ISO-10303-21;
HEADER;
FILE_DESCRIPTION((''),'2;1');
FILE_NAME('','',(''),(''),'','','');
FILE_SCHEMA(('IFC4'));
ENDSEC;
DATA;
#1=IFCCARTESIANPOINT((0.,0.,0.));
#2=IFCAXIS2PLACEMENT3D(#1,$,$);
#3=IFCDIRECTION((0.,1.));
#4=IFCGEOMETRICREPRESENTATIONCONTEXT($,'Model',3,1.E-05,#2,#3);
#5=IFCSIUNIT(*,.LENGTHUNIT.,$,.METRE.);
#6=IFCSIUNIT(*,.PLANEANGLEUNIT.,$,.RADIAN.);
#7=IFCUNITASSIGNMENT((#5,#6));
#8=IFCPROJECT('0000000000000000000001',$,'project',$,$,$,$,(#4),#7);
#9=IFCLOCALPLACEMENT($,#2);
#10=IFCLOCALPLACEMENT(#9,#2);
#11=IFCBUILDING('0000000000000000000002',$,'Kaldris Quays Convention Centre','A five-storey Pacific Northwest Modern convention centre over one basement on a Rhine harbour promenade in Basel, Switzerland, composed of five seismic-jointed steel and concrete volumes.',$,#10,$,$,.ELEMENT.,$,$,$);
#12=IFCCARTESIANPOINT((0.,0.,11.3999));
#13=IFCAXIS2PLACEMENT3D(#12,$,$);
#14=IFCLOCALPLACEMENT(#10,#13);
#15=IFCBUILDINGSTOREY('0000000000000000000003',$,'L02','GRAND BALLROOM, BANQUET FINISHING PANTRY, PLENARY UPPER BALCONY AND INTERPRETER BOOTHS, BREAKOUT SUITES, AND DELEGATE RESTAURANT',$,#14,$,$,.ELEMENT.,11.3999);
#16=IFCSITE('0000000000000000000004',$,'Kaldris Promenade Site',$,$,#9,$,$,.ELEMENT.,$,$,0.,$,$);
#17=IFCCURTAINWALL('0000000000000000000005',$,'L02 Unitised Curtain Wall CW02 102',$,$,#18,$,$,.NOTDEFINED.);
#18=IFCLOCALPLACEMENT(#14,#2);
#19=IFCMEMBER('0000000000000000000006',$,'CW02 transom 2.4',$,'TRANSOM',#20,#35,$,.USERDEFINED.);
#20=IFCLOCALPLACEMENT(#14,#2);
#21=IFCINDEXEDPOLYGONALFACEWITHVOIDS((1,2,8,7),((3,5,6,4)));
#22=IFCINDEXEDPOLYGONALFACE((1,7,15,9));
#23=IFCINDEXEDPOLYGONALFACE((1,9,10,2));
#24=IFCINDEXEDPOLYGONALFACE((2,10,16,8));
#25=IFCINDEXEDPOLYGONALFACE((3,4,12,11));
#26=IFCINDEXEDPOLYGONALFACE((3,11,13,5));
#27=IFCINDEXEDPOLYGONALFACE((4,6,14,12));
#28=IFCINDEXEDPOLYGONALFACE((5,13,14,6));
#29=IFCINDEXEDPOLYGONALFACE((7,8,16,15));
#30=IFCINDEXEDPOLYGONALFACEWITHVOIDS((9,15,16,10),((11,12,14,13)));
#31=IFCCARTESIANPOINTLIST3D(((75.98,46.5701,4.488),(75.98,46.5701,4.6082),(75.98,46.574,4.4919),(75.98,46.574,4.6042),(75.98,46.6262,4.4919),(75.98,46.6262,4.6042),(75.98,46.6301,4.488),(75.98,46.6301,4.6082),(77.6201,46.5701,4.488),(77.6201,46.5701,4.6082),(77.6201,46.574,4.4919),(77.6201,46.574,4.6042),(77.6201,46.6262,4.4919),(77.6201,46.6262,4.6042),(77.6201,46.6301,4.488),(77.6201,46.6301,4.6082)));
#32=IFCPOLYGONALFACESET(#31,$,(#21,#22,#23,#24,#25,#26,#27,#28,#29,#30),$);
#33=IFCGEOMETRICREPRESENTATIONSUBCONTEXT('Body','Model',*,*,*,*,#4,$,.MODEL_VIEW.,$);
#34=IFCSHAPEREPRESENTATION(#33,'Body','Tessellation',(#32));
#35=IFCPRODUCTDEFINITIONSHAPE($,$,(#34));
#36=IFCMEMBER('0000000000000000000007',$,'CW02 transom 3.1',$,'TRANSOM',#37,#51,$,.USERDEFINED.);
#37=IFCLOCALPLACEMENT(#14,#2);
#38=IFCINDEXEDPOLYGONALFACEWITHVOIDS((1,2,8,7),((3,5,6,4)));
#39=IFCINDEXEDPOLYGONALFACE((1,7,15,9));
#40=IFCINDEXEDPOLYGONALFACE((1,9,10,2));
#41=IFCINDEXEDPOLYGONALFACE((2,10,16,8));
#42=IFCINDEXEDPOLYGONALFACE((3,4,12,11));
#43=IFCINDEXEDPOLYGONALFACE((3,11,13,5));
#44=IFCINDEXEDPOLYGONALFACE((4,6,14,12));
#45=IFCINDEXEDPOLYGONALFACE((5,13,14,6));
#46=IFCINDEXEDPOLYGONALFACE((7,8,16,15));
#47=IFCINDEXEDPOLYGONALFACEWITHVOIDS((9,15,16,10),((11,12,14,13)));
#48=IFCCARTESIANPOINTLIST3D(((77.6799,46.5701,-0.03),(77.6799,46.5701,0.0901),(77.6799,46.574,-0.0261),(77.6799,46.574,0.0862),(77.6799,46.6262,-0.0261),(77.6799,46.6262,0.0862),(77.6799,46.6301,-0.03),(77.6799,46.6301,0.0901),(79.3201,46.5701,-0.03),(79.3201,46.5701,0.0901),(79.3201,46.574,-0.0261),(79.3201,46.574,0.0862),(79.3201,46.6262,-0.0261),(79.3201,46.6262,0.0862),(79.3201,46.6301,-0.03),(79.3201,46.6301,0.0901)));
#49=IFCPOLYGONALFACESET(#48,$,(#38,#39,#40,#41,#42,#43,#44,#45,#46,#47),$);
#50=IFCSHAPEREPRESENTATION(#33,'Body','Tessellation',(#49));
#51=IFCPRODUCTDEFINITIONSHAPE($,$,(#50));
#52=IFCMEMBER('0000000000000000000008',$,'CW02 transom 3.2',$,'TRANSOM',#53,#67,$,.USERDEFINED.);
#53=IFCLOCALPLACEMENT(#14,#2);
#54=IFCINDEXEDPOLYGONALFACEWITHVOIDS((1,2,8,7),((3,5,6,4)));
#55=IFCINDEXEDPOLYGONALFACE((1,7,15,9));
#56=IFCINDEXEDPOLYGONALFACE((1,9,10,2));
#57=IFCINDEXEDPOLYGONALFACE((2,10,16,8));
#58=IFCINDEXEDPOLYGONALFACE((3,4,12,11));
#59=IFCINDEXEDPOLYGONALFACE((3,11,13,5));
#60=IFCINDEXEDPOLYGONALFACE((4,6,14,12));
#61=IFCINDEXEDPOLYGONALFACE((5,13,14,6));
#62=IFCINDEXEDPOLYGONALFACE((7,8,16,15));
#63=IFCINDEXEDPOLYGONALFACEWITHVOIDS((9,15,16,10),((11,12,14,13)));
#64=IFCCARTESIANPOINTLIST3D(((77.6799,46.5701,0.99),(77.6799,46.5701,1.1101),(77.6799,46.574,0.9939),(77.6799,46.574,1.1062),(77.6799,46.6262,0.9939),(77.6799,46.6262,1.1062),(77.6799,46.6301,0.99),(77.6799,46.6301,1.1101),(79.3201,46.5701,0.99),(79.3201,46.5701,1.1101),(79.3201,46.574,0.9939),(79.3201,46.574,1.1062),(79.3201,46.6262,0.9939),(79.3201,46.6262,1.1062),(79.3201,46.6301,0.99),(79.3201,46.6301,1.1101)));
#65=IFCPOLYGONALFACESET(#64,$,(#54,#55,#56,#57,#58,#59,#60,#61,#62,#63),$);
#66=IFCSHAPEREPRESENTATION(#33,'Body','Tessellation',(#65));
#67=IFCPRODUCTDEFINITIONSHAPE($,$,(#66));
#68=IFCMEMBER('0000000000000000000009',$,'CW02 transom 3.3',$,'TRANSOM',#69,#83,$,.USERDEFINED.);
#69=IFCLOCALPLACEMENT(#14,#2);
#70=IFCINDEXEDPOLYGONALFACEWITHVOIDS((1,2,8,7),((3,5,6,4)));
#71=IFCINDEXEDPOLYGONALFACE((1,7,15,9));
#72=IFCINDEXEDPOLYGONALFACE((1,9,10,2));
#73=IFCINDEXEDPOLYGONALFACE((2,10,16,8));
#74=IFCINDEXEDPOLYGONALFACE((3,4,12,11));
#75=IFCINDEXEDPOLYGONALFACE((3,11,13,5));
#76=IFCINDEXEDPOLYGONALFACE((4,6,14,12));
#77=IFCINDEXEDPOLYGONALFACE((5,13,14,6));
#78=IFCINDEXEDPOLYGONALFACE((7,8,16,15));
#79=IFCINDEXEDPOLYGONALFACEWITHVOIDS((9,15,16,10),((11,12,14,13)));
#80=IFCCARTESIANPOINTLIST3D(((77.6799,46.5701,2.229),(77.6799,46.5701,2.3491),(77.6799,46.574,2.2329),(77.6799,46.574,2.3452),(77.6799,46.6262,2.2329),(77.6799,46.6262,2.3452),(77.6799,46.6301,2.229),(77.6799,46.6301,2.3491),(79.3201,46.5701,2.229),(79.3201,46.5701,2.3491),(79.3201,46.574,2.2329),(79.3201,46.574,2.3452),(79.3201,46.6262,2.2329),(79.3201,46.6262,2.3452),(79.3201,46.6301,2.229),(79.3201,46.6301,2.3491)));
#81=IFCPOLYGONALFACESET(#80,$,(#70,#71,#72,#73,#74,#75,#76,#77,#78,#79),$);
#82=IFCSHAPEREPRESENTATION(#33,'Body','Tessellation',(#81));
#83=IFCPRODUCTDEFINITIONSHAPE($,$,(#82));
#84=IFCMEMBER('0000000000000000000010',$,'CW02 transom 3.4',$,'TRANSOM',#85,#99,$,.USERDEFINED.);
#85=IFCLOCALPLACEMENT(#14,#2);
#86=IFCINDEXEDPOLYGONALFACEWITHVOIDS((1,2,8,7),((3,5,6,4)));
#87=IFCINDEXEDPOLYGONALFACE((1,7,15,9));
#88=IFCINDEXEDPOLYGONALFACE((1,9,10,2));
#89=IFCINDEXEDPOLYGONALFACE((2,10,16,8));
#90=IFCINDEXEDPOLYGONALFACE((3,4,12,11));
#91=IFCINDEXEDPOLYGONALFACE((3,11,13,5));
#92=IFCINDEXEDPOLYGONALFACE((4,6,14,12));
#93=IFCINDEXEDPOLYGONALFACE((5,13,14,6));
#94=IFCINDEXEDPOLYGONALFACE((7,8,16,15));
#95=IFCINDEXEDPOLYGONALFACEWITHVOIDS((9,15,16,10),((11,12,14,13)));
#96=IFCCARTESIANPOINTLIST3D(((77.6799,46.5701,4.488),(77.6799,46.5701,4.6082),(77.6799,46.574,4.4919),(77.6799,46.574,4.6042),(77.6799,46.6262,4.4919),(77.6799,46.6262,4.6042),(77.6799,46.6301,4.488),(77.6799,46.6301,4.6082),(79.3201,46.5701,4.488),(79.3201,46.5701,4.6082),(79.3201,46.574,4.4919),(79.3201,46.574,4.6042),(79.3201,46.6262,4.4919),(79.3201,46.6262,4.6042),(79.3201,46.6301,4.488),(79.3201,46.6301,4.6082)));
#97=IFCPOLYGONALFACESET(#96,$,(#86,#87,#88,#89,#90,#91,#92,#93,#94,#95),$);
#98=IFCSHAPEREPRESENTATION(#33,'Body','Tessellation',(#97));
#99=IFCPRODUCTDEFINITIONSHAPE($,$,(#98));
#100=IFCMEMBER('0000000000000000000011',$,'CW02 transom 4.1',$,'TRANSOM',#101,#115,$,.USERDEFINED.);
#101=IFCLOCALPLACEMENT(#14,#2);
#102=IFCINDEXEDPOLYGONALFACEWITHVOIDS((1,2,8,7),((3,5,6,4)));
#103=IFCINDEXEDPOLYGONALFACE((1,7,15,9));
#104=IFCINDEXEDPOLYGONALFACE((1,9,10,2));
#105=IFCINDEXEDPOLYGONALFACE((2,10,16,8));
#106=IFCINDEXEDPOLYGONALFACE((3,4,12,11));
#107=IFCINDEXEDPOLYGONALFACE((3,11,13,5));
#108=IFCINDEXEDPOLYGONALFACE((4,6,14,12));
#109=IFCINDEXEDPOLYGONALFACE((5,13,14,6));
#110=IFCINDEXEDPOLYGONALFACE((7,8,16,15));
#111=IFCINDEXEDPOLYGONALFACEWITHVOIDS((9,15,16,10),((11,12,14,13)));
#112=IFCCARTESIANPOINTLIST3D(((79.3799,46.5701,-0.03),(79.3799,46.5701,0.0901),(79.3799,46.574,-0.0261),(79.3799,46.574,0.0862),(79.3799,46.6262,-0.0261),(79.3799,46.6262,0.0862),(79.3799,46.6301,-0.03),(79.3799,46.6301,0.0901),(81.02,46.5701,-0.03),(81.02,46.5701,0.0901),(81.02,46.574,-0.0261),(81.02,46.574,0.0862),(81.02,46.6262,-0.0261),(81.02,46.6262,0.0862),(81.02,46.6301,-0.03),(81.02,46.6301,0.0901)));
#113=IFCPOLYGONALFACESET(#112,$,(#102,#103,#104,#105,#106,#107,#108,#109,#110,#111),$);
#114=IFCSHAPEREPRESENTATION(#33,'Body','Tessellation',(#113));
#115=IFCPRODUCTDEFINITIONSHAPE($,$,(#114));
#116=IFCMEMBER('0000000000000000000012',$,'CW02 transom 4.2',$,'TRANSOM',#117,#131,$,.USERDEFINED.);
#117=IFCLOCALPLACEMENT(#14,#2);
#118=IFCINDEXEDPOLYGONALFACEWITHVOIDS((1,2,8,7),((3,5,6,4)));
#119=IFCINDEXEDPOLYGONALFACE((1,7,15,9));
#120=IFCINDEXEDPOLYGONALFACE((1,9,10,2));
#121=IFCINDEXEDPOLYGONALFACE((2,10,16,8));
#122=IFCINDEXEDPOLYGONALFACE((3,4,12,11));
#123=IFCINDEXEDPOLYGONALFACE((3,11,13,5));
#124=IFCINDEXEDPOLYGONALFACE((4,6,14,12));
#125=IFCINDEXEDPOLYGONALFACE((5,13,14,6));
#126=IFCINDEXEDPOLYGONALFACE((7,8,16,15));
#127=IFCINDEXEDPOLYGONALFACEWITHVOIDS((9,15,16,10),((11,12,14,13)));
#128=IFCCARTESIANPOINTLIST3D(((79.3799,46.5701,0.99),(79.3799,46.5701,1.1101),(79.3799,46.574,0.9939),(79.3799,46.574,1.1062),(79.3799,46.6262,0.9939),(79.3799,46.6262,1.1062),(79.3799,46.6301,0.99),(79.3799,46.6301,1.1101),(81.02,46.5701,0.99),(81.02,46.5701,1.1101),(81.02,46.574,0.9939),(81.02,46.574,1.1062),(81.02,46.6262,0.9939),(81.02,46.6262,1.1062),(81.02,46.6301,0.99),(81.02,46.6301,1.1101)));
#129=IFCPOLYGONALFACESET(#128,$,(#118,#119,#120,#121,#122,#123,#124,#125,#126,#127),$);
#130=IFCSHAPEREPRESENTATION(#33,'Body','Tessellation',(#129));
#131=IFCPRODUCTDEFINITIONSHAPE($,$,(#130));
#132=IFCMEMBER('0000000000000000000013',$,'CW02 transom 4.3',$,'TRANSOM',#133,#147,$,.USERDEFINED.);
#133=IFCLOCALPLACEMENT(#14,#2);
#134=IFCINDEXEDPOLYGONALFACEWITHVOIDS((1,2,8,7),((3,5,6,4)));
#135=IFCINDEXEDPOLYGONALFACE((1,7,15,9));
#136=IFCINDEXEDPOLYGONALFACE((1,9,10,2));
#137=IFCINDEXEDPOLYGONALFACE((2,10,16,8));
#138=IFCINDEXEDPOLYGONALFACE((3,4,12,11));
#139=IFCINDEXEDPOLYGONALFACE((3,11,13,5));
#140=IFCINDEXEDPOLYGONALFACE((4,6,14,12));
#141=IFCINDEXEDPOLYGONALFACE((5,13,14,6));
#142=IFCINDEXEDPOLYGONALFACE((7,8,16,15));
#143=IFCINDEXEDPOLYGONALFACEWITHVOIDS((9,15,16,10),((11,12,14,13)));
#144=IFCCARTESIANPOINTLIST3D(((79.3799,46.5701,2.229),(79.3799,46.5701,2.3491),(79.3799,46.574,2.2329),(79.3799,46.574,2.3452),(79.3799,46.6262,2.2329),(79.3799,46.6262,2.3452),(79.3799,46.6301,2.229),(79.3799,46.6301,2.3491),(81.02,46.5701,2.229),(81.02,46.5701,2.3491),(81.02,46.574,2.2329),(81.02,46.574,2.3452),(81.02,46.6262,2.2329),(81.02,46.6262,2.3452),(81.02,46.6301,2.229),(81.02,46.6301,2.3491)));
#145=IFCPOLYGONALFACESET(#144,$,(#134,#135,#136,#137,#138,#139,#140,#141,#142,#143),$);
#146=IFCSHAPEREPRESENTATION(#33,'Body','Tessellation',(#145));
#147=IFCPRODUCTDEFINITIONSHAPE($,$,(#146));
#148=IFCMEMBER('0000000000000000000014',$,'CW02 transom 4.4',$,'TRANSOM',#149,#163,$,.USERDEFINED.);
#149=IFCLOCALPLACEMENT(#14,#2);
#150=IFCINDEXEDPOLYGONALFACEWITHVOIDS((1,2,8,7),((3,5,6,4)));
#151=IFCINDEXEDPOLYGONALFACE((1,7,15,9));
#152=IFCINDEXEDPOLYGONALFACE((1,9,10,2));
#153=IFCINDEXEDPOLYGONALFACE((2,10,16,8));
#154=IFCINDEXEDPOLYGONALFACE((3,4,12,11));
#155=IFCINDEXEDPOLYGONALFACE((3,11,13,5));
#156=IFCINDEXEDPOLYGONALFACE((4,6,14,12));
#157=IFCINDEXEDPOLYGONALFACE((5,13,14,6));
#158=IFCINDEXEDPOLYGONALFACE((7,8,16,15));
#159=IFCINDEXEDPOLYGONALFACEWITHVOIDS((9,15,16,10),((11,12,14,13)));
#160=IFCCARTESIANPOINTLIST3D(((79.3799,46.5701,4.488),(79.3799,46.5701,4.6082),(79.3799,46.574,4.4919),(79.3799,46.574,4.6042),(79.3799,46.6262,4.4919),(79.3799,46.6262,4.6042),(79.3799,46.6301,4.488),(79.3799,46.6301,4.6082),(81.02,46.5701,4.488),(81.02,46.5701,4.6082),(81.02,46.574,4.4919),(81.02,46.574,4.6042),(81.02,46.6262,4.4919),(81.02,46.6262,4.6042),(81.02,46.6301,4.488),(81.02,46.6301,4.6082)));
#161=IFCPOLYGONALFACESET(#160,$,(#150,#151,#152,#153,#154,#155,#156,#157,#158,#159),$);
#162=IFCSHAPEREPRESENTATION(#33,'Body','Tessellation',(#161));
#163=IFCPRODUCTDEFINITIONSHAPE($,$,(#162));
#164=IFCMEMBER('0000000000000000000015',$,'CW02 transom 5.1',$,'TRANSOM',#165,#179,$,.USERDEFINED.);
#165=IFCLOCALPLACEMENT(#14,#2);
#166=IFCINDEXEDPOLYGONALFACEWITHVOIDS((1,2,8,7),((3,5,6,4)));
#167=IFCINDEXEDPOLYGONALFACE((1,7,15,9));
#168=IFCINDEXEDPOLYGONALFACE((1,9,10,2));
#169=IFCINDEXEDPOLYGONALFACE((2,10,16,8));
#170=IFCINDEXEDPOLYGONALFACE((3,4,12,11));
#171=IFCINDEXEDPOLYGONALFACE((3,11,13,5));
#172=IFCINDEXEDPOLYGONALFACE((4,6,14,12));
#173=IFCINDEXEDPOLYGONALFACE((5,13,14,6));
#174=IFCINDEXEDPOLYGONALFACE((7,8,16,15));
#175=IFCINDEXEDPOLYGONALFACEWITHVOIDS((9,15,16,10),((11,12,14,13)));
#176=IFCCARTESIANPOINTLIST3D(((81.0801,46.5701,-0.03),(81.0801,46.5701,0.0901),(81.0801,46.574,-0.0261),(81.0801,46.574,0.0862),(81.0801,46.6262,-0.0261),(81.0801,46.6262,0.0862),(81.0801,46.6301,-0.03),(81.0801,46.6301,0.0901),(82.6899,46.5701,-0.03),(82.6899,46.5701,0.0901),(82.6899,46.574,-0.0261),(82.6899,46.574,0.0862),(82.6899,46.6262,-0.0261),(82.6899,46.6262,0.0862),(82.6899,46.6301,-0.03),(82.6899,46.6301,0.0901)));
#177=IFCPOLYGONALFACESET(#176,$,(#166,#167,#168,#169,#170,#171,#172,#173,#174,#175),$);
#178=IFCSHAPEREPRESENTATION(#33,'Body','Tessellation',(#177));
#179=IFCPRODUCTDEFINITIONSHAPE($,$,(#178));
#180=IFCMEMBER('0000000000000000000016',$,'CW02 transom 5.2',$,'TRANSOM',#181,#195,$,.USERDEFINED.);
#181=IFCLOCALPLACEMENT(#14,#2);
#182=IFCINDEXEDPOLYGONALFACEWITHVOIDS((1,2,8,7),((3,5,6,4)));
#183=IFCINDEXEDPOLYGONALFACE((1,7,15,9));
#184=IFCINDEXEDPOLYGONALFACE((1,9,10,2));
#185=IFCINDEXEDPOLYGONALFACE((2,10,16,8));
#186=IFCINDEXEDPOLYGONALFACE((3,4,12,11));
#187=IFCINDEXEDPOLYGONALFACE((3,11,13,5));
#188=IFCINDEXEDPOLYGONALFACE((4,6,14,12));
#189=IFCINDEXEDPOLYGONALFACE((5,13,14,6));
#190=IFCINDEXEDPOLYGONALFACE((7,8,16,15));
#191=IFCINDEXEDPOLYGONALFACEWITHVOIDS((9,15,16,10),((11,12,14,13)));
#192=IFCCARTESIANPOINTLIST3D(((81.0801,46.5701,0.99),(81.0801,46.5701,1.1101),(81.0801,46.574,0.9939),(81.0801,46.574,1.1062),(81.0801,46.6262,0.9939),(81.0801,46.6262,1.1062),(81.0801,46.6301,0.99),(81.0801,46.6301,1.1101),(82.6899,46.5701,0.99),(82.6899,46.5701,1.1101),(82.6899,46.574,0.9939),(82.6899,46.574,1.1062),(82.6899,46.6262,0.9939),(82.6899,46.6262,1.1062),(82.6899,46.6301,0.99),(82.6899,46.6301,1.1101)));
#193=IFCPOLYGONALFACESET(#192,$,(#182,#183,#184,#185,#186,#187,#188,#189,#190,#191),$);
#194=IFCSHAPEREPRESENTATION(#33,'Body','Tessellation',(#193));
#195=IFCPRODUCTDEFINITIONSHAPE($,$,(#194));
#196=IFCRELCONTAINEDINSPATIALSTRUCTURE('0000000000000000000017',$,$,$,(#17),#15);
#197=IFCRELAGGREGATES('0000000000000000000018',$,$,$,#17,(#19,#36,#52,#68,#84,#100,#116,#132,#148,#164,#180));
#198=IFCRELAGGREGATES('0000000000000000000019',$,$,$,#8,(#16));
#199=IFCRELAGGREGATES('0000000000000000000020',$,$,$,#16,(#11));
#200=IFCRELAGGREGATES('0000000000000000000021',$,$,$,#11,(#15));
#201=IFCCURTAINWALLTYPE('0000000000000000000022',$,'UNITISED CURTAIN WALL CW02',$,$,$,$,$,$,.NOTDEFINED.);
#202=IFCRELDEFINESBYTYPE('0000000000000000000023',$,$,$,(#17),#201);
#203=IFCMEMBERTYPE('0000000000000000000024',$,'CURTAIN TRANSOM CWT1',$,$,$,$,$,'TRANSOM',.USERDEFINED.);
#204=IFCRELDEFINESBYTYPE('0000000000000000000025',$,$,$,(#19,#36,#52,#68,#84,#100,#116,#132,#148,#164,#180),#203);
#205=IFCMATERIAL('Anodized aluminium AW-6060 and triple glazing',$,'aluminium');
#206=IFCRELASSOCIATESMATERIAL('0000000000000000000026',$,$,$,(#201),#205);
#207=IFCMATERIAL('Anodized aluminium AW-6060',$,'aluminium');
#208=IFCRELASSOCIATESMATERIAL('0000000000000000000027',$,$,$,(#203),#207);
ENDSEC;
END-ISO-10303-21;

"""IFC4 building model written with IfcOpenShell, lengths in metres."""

from ifc_helpers import new_model, si_unit, direction, frame, origin, origin_2d, place, context, subcontext, project, spatial, hollow_rectangle, extrude, material, material_profile, profile_set, type_object, element, aggregate, save


model = new_model("IFC4")

# Units and contexts
model_context = context("Model", 3, precision=1e-05, world=origin(), true_north=direction((0.0, 1.0)))
body_context = subcontext(model_context, "Body", "Model", "MODEL_VIEW")
ifc_project = project(units=[si_unit("LENGTHUNIT", "METRE"), si_unit("PLANEANGLEUNIT", "RADIAN")], contexts=[model_context])

# Site, building, storey
site_placement = place(None, origin())
site = spatial("IfcSite", under=ifc_project, at=site_placement, Name="Kaldris Promenade Site", CompositionType="ELEMENT", RefElevation=0.0)
building_placement = place(site_placement, origin())
building = spatial("IfcBuilding", under=site, at=building_placement, Name="Kaldris Quays Convention Centre", Description="A five-storey Pacific Northwest Modern convention centre over one basement on a Rhine harbour promenade in Basel, Switzerland, composed of five seismic-jointed steel and concrete volumes.", CompositionType="ELEMENT")
storey_placement = place(building_placement, frame((0.0, 0.0, 11.3999)))
storey = spatial("IfcBuildingStorey", under=building, at=storey_placement, Name="L02", Description="GRAND BALLROOM, BANQUET FINISHING PANTRY, PLENARY UPPER BALCONY AND INTERPRETER BOOTHS, BREAKOUT SUITES, AND DELEGATE RESTAURANT", CompositionType="ELEMENT", Elevation=11.3999)

# Curtain wall, members
ifc_material_1 = material(Name="Anodized aluminium AW-6060 and triple glazing", Category="aluminium")
curtain_wall_type = type_object("IfcCurtainWallType", Name="UNITISED CURTAIN WALL CW02", PredefinedType="NOTDEFINED", material=ifc_material_1)
curtain_wall_placement = place(storey_placement, origin())
curtain_wall = element("IfcCurtainWall", 1, at=curtain_wall_placement, inside=storey, type_object=curtain_wall_type, Name="L02 Unitised Curtain Wall CW02 102", PredefinedType="NOTDEFINED")
ifc_material_2 = material(Name="Anodized aluminium AW-6060", Category="aluminium")
ifc_material_profile_1 = material_profile(ifc_material_2, hollow_rectangle(XDim=0.0601, YDim=0.1201, WallThickness=0.0039, at=origin_2d()), Name="RHS 120x60x4")
ifc_profile_set_1 = profile_set([ifc_material_profile_1], Name="Anodized aluminium AW-6060")
member_type_1 = type_object("IfcMemberType", Name="CURTAIN TRANSOM CWT1", ElementType="TRANSOM", PredefinedType="USERDEFINED", material=ifc_profile_set_1)
member_1_placement = place(storey_placement, frame((75.98, 46.6001, 4.5481), z_axis=(1.0, 0.0, 0.0), x_axis=(0.0, 1.0, 0.0)))
member_1 = element("IfcMember", 2, at=member_1_placement, type_object=member_type_1, Name="CW02 transom 2.4", ObjectType="TRANSOM", PredefinedType="USERDEFINED", context=body_context, shape_type="SweptSolid", body=[
    extrude(hollow_rectangle(XDim=0.0601, YDim=0.1201, WallThickness=0.0039, at=origin_2d()), origin(), (0.0, 0.0, 1.0), 1.6401),
])
member_2_placement = place(storey_placement, frame((77.6799, 46.6001, 0.03), z_axis=(1.0, 0.0, 0.0), x_axis=(0.0, 1.0, 0.0)))
member_2 = element("IfcMember", 3, at=member_2_placement, type_object=member_type_1, Name="CW02 transom 3.1", ObjectType="TRANSOM", PredefinedType="USERDEFINED", context=body_context, shape_type="SweptSolid", body=[
    extrude(hollow_rectangle(XDim=0.0601, YDim=0.1201, WallThickness=0.0039, at=origin_2d()), origin(), (0.0, 0.0, 1.0), 1.6401),
])
member_3_placement = place(storey_placement, frame((77.6799, 46.6001, 1.05), z_axis=(1.0, 0.0, 0.0), x_axis=(0.0, 1.0, 0.0)))
member_3 = element("IfcMember", 4, at=member_3_placement, type_object=member_type_1, Name="CW02 transom 3.2", ObjectType="TRANSOM", PredefinedType="USERDEFINED", context=body_context, shape_type="SweptSolid", body=[
    extrude(hollow_rectangle(XDim=0.0601, YDim=0.1201, WallThickness=0.0039, at=origin_2d()), origin(), (0.0, 0.0, 1.0), 1.6401),
])
member_4_placement = place(storey_placement, frame((77.6799, 46.6001, 2.2891), z_axis=(1.0, 0.0, 0.0), x_axis=(0.0, 1.0, 0.0)))
member_4 = element("IfcMember", 5, at=member_4_placement, type_object=member_type_1, Name="CW02 transom 3.3", ObjectType="TRANSOM", PredefinedType="USERDEFINED", context=body_context, shape_type="SweptSolid", body=[
    extrude(hollow_rectangle(XDim=0.0601, YDim=0.1201, WallThickness=0.0039, at=origin_2d()), origin(), (0.0, 0.0, 1.0), 1.6401),
])
member_5_placement = place(storey_placement, frame((77.6799, 46.6001, 4.5481), z_axis=(1.0, 0.0, 0.0), x_axis=(0.0, 1.0, 0.0)))
member_5 = element("IfcMember", 6, at=member_5_placement, type_object=member_type_1, Name="CW02 transom 3.4", ObjectType="TRANSOM", PredefinedType="USERDEFINED", context=body_context, shape_type="SweptSolid", body=[
    extrude(hollow_rectangle(XDim=0.0601, YDim=0.1201, WallThickness=0.0039, at=origin_2d()), origin(), (0.0, 0.0, 1.0), 1.6401),
])
member_6_placement = place(storey_placement, frame((79.3799, 46.6001, 0.03), z_axis=(1.0, 0.0, 0.0), x_axis=(0.0, 1.0, 0.0)))
member_6 = element("IfcMember", 7, at=member_6_placement, type_object=member_type_1, Name="CW02 transom 4.1", ObjectType="TRANSOM", PredefinedType="USERDEFINED", context=body_context, shape_type="SweptSolid", body=[
    extrude(hollow_rectangle(XDim=0.0601, YDim=0.1201, WallThickness=0.0039, at=origin_2d()), origin(), (0.0, 0.0, 1.0), 1.6401),
])
member_7_placement = place(storey_placement, frame((79.3799, 46.6001, 1.05), z_axis=(1.0, 0.0, 0.0), x_axis=(0.0, 1.0, 0.0)))
member_7 = element("IfcMember", 8, at=member_7_placement, type_object=member_type_1, Name="CW02 transom 4.2", ObjectType="TRANSOM", PredefinedType="USERDEFINED", context=body_context, shape_type="SweptSolid", body=[
    extrude(hollow_rectangle(XDim=0.0601, YDim=0.1201, WallThickness=0.0039, at=origin_2d()), origin(), (0.0, 0.0, 1.0), 1.6401),
])
member_8_placement = place(storey_placement, frame((79.3799, 46.6001, 2.2891), z_axis=(1.0, 0.0, 0.0), x_axis=(0.0, 1.0, 0.0)))
member_8 = element("IfcMember", 9, at=member_8_placement, type_object=member_type_1, Name="CW02 transom 4.3", ObjectType="TRANSOM", PredefinedType="USERDEFINED", context=body_context, shape_type="SweptSolid", body=[
    extrude(hollow_rectangle(XDim=0.0601, YDim=0.1201, WallThickness=0.0039, at=origin_2d()), origin(), (0.0, 0.0, 1.0), 1.6401),
])
member_9_placement = place(storey_placement, frame((79.3799, 46.6001, 4.5481), z_axis=(1.0, 0.0, 0.0), x_axis=(0.0, 1.0, 0.0)))
member_9 = element("IfcMember", 10, at=member_9_placement, type_object=member_type_1, Name="CW02 transom 4.4", ObjectType="TRANSOM", PredefinedType="USERDEFINED", context=body_context, shape_type="SweptSolid", body=[
    extrude(hollow_rectangle(XDim=0.0601, YDim=0.1201, WallThickness=0.0039, at=origin_2d()), origin(), (0.0, 0.0, 1.0), 1.6401),
])
member_10_placement = place(storey_placement, frame((81.0801, 46.6001, 0.03), z_axis=(1.0, 0.0, 0.0), x_axis=(0.0, 1.0, 0.0)))
member_10 = element("IfcMember", 11, at=member_10_placement, type_object=member_type_1, Name="CW02 transom 5.1", ObjectType="TRANSOM", PredefinedType="USERDEFINED", context=body_context, shape_type="SweptSolid", body=[
    extrude(hollow_rectangle(XDim=0.0601, YDim=0.1201, WallThickness=0.0039, at=origin_2d()), origin(), (0.0, 0.0, 1.0), 1.6099),
])
member_11_placement = place(storey_placement, frame((81.0801, 46.6001, 1.05), z_axis=(1.0, 0.0, 0.0), x_axis=(0.0, 1.0, 0.0)))
member_11 = element("IfcMember", 12, at=member_11_placement, type_object=member_type_1, Name="CW02 transom 5.2", ObjectType="TRANSOM", PredefinedType="USERDEFINED", context=body_context, shape_type="SweptSolid", body=[
    extrude(hollow_rectangle(XDim=0.0601, YDim=0.1201, WallThickness=0.0039, at=origin_2d()), origin(), (0.0, 0.0, 1.0), 1.6099),
])

aggregate(curtain_wall, [member_1, member_2, member_3, member_4, member_5, member_6, member_7, member_8, member_9, member_10, member_11])

save(model, "model.ifc")
